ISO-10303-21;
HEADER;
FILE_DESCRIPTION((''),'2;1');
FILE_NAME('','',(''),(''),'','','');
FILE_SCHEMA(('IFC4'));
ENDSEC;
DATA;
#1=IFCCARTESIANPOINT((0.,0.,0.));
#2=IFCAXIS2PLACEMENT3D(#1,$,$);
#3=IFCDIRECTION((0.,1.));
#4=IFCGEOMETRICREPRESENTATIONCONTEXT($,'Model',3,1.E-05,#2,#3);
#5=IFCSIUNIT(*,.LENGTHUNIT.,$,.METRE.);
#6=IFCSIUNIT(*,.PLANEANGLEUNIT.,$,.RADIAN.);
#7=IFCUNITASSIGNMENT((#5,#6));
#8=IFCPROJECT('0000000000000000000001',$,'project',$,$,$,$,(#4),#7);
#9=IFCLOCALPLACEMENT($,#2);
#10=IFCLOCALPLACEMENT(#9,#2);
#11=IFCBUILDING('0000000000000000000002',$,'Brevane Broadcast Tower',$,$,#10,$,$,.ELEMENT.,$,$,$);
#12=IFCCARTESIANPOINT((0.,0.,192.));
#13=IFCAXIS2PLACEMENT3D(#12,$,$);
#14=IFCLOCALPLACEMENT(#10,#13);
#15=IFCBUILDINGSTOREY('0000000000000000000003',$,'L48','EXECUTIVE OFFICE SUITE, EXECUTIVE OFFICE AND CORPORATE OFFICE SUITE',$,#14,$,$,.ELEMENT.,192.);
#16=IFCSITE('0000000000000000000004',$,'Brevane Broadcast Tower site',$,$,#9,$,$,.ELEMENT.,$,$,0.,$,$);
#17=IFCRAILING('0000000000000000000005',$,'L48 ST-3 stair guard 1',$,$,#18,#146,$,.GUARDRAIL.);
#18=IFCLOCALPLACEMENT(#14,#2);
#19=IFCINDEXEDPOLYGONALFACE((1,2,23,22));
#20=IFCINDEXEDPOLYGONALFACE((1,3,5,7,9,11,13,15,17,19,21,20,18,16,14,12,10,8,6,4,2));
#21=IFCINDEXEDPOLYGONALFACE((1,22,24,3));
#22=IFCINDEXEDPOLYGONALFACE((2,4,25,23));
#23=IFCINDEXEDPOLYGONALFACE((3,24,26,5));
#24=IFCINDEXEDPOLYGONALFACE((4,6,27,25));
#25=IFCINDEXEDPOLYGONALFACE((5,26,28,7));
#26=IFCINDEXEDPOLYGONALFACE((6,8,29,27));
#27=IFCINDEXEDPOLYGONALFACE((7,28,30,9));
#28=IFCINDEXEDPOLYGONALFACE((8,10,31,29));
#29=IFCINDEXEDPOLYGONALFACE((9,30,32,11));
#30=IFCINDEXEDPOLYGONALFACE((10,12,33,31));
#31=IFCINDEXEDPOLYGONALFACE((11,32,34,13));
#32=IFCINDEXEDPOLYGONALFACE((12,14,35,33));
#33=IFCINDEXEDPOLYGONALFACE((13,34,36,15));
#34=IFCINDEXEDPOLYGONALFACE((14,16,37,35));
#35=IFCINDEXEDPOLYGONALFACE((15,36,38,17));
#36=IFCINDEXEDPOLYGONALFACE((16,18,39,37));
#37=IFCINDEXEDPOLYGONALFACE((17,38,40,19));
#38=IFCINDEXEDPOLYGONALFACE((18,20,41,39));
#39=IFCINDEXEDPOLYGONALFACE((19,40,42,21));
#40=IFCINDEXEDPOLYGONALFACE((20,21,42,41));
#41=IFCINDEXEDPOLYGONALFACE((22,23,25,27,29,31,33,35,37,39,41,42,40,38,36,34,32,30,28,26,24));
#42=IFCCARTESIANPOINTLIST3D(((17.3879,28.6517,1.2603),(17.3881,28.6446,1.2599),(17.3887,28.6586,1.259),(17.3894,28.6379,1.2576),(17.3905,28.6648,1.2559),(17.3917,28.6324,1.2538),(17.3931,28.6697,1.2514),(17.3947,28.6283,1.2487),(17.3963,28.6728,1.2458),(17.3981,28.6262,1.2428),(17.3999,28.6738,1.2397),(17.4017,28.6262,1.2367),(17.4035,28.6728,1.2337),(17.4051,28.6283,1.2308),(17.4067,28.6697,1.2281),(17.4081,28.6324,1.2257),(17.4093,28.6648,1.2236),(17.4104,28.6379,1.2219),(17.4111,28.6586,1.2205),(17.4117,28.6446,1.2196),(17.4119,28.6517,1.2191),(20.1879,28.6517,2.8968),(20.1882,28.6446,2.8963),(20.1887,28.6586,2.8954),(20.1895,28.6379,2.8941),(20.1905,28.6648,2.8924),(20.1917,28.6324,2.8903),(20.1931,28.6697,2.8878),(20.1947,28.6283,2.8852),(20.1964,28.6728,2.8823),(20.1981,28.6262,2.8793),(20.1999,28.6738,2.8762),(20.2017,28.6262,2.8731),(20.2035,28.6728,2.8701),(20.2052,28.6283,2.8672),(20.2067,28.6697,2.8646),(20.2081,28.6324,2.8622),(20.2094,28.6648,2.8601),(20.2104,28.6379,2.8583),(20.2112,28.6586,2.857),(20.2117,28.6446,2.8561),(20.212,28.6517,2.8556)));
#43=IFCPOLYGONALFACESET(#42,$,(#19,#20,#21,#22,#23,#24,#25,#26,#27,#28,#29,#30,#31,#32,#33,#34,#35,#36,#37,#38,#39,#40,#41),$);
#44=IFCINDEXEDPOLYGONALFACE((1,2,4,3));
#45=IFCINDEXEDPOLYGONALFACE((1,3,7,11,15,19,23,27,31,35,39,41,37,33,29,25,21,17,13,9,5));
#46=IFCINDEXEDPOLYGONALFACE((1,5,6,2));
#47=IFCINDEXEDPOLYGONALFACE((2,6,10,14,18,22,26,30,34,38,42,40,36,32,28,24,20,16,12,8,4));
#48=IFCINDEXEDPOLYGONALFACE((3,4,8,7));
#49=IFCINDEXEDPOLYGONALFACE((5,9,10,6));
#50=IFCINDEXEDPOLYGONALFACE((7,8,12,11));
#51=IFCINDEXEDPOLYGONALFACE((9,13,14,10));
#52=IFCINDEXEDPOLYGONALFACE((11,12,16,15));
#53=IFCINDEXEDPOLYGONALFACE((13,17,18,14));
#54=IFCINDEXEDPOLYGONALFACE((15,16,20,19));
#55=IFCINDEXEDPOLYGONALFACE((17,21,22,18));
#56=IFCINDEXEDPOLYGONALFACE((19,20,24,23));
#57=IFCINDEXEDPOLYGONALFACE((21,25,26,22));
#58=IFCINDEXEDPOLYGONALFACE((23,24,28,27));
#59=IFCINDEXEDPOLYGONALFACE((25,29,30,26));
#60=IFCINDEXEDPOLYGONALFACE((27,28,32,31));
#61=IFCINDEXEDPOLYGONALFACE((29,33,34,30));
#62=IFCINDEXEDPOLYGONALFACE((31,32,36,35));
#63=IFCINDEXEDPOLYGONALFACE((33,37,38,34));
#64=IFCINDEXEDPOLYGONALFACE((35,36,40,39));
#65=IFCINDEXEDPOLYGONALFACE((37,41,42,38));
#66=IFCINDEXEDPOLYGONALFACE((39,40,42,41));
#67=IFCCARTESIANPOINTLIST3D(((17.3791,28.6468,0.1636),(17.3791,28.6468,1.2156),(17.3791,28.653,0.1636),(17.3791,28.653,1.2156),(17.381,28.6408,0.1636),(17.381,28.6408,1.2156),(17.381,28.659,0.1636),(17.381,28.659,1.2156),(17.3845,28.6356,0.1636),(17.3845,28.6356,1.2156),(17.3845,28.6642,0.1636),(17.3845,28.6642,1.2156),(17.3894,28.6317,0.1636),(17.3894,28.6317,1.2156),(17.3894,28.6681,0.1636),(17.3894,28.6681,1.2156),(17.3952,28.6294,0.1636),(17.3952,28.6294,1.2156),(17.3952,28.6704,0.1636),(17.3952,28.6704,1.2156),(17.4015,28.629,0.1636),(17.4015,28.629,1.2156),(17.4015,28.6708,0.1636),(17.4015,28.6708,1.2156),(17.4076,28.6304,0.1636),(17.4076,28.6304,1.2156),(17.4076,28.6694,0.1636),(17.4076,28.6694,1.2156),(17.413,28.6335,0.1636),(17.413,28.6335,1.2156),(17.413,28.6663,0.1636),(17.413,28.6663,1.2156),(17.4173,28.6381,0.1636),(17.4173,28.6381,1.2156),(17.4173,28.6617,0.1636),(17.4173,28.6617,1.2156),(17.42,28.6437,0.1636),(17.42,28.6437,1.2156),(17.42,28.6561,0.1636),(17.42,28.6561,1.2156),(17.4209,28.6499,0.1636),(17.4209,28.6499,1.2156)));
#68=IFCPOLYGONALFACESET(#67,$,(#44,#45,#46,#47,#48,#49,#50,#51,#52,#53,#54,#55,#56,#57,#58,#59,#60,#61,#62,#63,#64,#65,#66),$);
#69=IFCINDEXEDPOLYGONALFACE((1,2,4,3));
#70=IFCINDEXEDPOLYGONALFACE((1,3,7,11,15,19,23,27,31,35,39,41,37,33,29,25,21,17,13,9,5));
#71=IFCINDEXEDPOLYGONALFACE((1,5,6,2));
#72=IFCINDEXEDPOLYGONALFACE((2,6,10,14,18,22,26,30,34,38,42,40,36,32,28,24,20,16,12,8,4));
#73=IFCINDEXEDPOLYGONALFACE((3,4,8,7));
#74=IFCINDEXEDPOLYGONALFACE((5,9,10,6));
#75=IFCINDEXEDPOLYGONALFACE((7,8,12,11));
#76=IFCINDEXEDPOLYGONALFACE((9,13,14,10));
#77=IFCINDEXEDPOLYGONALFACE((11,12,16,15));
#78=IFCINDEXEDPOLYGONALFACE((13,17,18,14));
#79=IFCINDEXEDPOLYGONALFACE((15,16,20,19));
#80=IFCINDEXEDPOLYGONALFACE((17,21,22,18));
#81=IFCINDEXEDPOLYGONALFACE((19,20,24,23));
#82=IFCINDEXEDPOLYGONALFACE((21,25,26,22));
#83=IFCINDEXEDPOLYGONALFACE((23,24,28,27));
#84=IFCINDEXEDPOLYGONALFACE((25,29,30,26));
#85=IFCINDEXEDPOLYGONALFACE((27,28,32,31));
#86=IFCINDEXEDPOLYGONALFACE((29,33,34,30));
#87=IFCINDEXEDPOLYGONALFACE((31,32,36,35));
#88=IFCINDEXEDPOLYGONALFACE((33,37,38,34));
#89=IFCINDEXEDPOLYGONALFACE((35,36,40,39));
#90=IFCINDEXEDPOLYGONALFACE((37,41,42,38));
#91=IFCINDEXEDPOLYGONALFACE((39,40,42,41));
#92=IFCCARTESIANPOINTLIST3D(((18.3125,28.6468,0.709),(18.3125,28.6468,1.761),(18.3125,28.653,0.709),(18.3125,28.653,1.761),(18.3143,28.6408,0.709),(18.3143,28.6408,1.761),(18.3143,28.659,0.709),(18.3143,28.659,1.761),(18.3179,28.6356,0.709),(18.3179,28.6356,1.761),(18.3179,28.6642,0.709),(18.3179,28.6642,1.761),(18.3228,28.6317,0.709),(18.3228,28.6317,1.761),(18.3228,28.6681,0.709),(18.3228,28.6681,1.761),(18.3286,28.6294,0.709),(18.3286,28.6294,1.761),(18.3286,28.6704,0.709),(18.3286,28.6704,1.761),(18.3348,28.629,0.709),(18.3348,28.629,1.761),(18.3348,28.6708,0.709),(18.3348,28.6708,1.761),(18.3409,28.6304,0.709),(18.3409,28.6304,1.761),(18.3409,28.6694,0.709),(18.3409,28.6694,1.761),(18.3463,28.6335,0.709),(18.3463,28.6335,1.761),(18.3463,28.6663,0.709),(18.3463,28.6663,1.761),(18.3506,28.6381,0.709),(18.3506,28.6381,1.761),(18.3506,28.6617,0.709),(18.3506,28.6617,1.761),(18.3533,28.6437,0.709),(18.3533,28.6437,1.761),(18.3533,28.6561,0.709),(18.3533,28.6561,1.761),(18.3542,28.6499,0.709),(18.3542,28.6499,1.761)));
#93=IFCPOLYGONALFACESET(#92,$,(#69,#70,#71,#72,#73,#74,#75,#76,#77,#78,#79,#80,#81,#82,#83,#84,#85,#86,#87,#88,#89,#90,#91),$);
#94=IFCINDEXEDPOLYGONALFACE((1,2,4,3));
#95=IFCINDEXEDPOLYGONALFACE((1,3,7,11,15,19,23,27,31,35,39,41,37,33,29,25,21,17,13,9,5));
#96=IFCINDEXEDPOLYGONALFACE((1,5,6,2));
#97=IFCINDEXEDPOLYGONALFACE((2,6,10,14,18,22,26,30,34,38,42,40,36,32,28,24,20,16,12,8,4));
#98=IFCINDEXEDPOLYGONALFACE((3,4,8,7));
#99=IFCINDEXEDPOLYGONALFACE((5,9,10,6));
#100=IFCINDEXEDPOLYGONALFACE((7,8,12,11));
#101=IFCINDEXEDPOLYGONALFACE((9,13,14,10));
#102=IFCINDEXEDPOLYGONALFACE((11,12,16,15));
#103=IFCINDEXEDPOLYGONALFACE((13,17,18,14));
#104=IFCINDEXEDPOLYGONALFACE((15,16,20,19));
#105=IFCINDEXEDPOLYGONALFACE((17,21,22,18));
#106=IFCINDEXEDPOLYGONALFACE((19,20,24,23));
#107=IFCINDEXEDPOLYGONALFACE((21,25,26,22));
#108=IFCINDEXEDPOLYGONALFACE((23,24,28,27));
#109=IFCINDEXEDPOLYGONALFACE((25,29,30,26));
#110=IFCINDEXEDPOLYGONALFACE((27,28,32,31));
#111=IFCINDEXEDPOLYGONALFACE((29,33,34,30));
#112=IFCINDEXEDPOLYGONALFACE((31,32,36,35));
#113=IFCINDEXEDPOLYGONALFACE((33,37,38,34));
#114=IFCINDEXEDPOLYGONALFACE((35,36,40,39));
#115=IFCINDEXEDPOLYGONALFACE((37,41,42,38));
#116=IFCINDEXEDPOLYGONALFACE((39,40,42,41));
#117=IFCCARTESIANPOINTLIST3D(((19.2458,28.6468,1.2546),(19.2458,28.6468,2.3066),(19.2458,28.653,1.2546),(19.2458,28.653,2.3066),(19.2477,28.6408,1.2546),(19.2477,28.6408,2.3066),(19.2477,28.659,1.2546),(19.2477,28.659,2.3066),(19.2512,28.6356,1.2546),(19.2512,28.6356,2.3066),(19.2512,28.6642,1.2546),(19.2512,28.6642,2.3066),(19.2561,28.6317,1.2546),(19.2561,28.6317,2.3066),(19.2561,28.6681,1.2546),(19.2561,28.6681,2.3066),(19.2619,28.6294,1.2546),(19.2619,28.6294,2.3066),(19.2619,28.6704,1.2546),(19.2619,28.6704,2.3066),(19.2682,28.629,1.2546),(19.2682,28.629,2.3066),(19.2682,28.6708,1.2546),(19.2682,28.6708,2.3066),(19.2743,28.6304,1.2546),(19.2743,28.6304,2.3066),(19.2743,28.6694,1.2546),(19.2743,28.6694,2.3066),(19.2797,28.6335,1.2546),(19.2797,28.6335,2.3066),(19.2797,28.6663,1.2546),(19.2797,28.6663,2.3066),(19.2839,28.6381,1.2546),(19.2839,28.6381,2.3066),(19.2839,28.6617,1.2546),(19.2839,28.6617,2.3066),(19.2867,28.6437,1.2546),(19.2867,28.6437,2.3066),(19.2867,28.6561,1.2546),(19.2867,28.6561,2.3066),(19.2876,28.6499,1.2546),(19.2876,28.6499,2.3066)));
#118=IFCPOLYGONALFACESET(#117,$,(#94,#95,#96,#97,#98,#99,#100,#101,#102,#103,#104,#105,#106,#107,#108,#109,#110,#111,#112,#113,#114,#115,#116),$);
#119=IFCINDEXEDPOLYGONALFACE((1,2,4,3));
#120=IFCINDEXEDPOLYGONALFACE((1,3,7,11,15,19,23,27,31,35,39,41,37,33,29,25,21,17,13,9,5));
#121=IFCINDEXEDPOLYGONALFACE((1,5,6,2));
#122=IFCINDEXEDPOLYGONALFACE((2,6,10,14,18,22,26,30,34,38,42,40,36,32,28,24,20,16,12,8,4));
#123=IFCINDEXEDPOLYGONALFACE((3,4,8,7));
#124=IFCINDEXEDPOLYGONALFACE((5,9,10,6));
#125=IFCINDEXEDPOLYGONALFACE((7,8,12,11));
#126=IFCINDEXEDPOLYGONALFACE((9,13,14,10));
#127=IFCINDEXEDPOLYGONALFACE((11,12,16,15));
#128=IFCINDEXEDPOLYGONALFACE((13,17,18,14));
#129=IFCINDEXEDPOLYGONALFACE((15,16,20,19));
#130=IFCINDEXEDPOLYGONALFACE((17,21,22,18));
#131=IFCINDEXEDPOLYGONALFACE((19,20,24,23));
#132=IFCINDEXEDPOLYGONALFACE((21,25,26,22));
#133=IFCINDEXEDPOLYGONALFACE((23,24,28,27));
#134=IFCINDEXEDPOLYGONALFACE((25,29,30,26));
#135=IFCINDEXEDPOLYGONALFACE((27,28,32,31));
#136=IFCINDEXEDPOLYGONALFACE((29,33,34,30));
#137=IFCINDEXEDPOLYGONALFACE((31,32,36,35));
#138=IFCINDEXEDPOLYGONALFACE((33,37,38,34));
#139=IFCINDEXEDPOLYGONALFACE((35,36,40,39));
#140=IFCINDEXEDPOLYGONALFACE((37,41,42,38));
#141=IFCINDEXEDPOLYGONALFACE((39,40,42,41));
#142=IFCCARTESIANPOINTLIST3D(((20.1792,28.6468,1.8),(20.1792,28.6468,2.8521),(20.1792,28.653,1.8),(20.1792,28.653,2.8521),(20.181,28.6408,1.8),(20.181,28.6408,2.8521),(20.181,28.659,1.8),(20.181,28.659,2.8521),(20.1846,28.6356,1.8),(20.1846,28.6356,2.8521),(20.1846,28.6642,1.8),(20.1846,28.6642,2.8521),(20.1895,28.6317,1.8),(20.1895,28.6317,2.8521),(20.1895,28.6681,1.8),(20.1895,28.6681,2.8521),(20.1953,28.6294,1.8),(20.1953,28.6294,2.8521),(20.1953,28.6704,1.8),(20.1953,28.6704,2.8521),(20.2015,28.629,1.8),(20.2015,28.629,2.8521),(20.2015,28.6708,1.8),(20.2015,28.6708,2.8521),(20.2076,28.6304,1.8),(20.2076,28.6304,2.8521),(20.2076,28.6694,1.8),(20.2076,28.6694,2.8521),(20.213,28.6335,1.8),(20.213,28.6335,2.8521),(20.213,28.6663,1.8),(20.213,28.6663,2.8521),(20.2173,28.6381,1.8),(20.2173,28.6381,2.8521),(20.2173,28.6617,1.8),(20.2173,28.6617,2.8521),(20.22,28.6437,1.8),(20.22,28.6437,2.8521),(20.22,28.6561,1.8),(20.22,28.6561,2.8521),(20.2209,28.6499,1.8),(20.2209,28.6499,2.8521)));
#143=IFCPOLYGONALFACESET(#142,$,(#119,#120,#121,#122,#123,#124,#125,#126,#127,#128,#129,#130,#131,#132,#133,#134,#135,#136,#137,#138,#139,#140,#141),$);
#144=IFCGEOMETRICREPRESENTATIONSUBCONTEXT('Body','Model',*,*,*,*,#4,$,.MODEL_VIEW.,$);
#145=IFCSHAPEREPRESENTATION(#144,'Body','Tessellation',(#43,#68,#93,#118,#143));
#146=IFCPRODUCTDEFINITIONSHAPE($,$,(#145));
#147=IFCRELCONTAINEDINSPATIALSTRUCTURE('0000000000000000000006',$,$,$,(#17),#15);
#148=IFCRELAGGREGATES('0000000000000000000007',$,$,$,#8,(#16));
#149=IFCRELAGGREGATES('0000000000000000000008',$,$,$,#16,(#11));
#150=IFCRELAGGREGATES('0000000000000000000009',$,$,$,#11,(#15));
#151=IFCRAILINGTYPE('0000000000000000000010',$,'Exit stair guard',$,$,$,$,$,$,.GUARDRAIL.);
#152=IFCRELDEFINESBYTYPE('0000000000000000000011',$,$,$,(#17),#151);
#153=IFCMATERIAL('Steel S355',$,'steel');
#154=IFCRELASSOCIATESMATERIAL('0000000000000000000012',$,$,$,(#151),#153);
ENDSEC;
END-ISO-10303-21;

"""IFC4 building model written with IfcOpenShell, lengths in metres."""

from ifc_helpers import new_model, si_unit, direction, frame, origin, origin_2d, place, context, subcontext, project, spatial, circle, extrude, material, type_object, element, save


model = new_model("IFC4")

# Units and contexts
model_context = context("Model", 3, precision=1e-05, world=origin(), true_north=direction((0.0, 1.0)))
body_context = subcontext(model_context, "Body", "Model", "MODEL_VIEW")
ifc_project = project(units=[si_unit("LENGTHUNIT", "METRE"), si_unit("PLANEANGLEUNIT", "RADIAN")], contexts=[model_context])

# Site, building, storey
site_placement = place(None, origin())
site = spatial("IfcSite", under=ifc_project, at=site_placement, Name="Brevane Broadcast Tower site", CompositionType="ELEMENT", RefElevation=0.0)
building_placement = place(site_placement, origin())
building = spatial("IfcBuilding", under=site, at=building_placement, Name="Brevane Broadcast Tower", CompositionType="ELEMENT")
storey_placement = place(building_placement, frame((0.0, 0.0, 192.0)))
storey = spatial("IfcBuildingStorey", under=building, at=storey_placement, Name="L48", Description="EXECUTIVE OFFICE SUITE, EXECUTIVE OFFICE AND CORPORATE OFFICE SUITE", CompositionType="ELEMENT", Elevation=192.0)

# Railing
ifc_material_1 = material(Name="Steel S355", Category="steel")
railing_type_1 = type_object("IfcRailingType", Name="Exit stair guard", PredefinedType="GUARDRAIL", material=ifc_material_1)
railing_1_placement = place(storey_placement, frame((17.3999, 28.6499, 0.1636)))
element("IfcRailing", 1, at=railing_1_placement, inside=storey, type_object=railing_type_1, Name="L48 ST-3 stair guard 1", PredefinedType="GUARDRAIL", context=body_context, shape_type="SweptSolid", body=[
    extrude(circle(Radius=0.0239, at=origin_2d()), frame((0.0, 0.0, 1.0762), z_axis=(0.863361, 0.0, 0.504587), x_axis=(0.0, 1.0, 0.0)), (0.0, 0.0, 1.0), 3.2432),
    extrude(circle(Radius=0.021, at=origin_2d()), origin(), (0.0, 0.0, 1.0), 1.052),
    extrude(circle(Radius=0.021, at=origin_2d()), frame((0.9333, 0.0, 0.5454)), (0.0, 0.0, 1.0), 1.052),
    extrude(circle(Radius=0.021, at=origin_2d()), frame((1.8667, 0.0, 1.0911)), (0.0, 0.0, 1.0), 1.052),
    extrude(circle(Radius=0.021, at=origin_2d()), frame((2.8, 0.0, 1.6365)), (0.0, 0.0, 1.0), 1.052),
])

save(model, "model.ifc")
